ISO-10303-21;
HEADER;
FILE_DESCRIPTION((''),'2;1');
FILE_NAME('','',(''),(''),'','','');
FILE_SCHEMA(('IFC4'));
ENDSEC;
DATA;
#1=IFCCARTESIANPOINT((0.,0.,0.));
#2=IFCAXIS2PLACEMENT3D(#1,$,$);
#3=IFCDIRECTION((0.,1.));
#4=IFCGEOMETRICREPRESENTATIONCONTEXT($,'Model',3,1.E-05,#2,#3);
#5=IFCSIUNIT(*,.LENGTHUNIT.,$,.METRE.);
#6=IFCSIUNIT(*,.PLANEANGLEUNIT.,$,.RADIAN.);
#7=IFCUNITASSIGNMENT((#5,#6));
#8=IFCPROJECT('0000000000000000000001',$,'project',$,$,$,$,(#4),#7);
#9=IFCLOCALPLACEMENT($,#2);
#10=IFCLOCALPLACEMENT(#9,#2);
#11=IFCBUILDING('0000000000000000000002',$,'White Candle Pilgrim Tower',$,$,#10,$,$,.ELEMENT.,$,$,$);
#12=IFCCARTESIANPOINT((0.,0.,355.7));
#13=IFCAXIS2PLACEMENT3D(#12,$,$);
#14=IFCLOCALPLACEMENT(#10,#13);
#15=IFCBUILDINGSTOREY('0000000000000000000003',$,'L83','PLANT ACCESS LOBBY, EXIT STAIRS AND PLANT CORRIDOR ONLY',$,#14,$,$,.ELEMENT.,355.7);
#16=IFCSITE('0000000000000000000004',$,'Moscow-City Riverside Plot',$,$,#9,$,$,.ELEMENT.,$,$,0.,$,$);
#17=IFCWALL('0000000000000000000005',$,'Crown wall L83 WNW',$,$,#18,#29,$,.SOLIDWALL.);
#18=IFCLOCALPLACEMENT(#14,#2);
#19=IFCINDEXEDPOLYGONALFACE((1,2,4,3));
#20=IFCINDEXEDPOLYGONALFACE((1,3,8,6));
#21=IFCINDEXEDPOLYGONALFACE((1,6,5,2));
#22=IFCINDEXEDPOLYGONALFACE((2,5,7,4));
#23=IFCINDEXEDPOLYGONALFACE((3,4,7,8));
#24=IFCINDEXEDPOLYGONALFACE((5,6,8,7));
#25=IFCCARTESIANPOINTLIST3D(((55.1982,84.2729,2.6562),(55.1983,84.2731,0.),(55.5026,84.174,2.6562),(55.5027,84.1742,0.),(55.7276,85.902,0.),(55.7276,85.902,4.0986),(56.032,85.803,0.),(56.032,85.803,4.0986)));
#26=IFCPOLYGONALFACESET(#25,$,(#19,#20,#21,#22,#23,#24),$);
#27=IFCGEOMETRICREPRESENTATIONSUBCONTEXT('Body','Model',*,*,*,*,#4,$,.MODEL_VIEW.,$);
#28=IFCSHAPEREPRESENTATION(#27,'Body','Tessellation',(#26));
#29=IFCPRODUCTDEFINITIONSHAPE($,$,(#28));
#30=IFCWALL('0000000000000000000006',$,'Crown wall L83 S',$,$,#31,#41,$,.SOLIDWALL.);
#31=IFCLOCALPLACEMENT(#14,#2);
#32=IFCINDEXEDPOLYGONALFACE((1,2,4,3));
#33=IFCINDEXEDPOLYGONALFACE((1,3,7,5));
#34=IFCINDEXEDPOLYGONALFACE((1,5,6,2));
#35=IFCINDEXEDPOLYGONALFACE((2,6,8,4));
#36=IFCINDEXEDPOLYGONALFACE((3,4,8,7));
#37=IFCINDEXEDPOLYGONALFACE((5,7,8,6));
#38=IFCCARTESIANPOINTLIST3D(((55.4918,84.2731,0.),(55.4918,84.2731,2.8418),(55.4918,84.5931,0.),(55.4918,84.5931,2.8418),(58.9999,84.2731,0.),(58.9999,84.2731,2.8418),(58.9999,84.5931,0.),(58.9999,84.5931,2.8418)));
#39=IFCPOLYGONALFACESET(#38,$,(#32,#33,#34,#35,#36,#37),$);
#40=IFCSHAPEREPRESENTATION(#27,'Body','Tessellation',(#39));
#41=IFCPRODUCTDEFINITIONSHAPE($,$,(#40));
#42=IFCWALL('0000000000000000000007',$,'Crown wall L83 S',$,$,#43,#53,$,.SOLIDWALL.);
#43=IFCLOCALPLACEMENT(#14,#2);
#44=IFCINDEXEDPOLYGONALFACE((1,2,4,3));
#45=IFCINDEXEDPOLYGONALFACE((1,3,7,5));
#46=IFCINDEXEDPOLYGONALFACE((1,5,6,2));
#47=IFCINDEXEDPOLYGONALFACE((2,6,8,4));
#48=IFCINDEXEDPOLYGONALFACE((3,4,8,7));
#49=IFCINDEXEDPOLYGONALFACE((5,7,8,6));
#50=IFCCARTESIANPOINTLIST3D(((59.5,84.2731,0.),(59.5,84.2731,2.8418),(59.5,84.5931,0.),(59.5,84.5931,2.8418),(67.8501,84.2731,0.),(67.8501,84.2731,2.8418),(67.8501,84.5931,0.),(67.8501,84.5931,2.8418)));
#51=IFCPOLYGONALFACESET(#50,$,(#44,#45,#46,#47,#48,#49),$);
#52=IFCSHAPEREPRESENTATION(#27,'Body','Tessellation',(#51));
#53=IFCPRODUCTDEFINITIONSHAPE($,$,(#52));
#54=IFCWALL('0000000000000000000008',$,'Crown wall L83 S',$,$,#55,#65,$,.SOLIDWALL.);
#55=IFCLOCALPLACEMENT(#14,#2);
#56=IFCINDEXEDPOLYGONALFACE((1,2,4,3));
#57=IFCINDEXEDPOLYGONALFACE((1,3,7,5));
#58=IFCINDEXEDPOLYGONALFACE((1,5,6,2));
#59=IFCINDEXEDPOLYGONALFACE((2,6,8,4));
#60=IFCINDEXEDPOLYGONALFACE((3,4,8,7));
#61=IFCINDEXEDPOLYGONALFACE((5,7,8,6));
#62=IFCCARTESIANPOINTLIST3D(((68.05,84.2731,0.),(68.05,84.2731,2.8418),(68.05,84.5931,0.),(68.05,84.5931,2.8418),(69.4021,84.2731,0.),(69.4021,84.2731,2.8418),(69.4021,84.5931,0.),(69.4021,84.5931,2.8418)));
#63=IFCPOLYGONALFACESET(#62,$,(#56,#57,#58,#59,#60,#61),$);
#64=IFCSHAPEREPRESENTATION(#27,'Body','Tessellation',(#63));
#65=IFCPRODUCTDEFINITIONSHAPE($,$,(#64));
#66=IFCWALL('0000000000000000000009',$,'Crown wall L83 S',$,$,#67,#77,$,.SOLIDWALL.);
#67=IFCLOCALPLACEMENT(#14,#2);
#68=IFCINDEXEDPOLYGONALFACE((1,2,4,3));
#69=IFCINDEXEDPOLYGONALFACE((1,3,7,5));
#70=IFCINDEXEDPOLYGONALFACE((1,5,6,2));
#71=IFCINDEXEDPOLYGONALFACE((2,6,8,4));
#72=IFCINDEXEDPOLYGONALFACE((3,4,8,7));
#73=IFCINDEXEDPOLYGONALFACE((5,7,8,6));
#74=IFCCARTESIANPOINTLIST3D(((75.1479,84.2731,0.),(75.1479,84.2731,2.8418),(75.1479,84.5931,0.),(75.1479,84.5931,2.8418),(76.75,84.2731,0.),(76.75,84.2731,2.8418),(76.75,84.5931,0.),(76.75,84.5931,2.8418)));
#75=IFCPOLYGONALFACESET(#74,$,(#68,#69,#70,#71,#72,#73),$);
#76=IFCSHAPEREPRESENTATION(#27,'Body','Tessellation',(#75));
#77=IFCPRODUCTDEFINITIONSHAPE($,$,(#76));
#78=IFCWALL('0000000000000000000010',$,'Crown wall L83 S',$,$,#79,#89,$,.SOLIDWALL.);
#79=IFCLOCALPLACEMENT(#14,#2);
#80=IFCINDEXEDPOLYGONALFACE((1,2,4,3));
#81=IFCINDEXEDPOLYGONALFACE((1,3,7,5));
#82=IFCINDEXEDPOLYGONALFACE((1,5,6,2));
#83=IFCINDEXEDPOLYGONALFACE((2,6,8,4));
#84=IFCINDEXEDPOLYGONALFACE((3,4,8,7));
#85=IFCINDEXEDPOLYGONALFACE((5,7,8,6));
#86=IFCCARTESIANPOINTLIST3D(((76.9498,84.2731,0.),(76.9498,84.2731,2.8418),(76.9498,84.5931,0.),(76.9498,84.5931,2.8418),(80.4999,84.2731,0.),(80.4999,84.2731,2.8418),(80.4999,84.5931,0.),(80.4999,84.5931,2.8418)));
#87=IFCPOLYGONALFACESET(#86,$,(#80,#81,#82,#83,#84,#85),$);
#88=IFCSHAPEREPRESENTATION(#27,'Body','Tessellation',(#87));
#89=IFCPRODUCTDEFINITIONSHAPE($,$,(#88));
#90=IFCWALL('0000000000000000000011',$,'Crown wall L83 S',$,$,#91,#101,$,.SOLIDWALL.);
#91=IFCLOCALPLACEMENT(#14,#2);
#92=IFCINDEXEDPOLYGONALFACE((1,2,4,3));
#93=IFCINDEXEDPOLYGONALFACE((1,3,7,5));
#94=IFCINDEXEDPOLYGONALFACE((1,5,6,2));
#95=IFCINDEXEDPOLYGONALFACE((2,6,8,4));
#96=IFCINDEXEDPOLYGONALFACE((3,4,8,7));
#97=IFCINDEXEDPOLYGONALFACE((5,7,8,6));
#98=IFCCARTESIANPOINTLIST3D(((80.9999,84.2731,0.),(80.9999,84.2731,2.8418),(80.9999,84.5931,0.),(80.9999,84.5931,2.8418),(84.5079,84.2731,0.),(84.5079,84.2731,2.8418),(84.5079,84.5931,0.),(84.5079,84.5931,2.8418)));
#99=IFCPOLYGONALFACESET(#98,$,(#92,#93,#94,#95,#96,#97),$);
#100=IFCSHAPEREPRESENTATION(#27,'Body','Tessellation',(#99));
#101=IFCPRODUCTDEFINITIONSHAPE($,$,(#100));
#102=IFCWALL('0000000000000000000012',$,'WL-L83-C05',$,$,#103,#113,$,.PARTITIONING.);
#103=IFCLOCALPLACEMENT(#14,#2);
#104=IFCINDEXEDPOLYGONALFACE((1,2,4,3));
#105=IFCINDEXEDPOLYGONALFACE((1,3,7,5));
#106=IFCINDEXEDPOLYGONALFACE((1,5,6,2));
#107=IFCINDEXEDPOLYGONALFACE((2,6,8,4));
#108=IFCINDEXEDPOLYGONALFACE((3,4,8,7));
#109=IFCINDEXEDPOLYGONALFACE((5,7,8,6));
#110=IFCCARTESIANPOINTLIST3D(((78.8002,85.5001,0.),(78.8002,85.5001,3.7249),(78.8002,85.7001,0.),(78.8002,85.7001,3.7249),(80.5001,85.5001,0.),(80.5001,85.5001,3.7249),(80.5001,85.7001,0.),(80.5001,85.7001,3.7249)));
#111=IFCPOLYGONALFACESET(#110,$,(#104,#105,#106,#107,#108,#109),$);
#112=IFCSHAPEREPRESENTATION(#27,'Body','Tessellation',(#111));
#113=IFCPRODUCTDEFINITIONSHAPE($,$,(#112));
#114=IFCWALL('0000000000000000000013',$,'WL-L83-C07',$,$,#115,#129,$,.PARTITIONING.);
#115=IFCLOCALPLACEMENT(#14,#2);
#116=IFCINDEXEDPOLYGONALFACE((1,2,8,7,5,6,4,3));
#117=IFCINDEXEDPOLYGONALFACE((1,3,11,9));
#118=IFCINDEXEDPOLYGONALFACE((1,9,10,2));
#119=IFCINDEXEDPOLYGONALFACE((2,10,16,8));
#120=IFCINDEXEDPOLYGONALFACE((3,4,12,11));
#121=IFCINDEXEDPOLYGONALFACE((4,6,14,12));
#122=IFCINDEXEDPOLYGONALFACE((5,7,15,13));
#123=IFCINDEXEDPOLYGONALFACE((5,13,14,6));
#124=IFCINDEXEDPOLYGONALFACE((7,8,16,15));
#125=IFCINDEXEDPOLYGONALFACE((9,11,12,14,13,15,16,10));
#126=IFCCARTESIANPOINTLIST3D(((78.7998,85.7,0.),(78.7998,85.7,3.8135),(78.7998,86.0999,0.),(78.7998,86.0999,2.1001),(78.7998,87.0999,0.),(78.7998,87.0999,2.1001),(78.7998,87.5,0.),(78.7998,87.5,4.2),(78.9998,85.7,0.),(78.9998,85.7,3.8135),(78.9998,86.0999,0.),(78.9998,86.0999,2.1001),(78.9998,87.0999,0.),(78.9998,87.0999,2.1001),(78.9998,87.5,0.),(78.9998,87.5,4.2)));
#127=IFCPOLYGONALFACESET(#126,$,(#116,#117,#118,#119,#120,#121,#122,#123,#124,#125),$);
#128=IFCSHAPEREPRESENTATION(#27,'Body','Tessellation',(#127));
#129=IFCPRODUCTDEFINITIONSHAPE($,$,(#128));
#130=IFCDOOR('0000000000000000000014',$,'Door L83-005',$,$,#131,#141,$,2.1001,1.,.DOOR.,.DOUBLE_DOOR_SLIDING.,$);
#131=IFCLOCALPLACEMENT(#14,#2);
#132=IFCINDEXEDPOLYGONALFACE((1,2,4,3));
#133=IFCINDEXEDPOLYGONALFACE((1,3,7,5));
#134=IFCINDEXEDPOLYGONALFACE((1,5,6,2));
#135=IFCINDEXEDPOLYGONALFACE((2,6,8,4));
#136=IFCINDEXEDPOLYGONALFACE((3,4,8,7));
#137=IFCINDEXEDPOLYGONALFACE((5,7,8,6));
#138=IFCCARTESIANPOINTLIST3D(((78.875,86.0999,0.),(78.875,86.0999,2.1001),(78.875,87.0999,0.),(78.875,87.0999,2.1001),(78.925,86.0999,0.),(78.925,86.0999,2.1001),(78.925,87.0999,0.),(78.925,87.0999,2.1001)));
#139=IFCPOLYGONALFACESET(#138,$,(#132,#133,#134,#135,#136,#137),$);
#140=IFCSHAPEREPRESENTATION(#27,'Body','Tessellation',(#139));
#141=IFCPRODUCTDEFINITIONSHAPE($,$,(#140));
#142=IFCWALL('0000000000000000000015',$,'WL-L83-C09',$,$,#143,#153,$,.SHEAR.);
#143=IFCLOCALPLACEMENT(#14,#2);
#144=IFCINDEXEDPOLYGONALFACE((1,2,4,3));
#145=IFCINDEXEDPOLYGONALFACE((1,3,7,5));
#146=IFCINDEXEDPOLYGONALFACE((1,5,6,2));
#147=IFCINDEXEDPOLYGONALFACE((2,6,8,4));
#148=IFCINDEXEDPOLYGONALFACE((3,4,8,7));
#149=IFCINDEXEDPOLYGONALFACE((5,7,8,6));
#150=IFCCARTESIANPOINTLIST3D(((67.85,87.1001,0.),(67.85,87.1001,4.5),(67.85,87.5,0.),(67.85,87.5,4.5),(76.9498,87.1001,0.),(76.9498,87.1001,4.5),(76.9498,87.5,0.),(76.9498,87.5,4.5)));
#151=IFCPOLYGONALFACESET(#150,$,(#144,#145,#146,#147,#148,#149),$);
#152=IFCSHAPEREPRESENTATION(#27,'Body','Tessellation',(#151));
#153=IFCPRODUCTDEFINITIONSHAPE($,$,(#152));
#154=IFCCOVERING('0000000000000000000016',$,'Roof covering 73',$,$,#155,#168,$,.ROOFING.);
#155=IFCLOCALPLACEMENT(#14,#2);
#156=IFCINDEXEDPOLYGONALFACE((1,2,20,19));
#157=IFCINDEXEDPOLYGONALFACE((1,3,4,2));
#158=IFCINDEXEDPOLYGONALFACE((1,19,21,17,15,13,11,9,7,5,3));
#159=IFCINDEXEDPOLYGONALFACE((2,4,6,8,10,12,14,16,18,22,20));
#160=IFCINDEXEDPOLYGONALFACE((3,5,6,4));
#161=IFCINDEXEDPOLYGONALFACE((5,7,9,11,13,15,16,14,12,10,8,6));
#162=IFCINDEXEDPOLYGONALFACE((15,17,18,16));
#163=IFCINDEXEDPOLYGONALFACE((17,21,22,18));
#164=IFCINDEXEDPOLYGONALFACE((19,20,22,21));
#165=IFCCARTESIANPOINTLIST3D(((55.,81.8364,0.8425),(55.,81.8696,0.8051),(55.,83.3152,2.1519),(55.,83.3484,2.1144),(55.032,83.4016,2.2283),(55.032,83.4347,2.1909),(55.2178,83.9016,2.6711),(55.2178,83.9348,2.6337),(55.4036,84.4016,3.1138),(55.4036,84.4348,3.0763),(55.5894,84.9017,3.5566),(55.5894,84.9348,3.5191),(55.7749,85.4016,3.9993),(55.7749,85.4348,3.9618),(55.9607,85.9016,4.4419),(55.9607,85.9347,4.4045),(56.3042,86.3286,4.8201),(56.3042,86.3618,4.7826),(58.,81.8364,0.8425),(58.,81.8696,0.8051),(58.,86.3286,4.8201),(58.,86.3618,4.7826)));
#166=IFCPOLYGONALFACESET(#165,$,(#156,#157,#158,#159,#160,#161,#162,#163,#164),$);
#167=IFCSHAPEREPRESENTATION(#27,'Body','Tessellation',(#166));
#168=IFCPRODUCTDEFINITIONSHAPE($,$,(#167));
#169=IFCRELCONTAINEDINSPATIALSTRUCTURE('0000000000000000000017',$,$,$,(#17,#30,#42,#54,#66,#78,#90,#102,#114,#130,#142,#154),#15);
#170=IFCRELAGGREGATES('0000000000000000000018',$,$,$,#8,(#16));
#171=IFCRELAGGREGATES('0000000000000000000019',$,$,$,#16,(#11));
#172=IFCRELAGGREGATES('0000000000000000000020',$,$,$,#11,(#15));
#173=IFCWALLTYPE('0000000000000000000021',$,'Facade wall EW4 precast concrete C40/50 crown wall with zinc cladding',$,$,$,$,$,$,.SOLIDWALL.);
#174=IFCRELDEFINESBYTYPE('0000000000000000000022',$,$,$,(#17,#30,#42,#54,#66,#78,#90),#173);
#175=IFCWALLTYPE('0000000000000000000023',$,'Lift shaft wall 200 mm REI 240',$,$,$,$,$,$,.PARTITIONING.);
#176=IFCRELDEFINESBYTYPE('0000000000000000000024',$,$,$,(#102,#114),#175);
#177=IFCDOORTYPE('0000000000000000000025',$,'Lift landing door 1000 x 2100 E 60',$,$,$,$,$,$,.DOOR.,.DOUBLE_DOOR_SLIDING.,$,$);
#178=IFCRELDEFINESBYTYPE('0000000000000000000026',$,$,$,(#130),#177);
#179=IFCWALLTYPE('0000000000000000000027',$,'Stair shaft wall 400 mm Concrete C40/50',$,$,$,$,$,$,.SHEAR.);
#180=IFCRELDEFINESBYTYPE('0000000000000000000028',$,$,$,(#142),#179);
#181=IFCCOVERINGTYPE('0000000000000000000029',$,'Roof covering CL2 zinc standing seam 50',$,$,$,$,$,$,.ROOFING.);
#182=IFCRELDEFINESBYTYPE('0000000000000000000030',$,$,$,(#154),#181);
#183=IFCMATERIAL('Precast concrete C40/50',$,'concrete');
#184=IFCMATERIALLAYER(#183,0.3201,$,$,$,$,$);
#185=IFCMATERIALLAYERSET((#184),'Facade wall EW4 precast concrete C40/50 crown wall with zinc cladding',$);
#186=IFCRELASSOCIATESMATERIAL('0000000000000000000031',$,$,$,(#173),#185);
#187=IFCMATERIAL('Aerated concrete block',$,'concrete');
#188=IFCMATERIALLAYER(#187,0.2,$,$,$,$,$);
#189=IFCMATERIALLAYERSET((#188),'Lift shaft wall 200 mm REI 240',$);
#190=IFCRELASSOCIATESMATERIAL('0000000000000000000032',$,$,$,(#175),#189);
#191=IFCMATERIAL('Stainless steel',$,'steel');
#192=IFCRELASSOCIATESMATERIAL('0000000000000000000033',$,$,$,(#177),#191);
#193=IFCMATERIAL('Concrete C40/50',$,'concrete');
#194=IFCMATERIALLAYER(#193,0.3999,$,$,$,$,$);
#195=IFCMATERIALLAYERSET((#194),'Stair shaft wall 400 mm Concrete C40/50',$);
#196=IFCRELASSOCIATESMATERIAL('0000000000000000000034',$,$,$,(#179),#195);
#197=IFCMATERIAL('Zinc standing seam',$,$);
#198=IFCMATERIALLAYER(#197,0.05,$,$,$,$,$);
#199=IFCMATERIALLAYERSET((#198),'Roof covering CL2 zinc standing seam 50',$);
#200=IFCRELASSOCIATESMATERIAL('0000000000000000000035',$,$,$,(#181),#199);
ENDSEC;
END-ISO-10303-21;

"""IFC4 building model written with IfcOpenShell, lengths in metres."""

from ifc_helpers import new_model, si_unit, direction, frame, frame_2d, origin, place, context, subcontext, project, spatial, polyline, rectangle, outline, extrude, material, layer, layer_set, type_object, element, fill, save


model = new_model("IFC4")

# Units and contexts
model_context = context("Model", 3, precision=1e-05, world=origin(), true_north=direction((0.0, 1.0)))
body_context = subcontext(model_context, "Body", "Model", "MODEL_VIEW")
ifc_project = project(units=[si_unit("LENGTHUNIT", "METRE"), si_unit("PLANEANGLEUNIT", "RADIAN")], contexts=[model_context])

# Site, building, storey
site_placement = place(None, origin())
site = spatial("IfcSite", under=ifc_project, at=site_placement, Name="Moscow-City Riverside Plot", CompositionType="ELEMENT", RefElevation=0.0)
building_placement = place(site_placement, origin())
building = spatial("IfcBuilding", under=site, at=building_placement, Name="White Candle Pilgrim Tower", CompositionType="ELEMENT")
storey_placement = place(building_placement, frame((0.0, 0.0, 355.7)))
storey = spatial("IfcBuildingStorey", under=building, at=storey_placement, Name="L83", Description="PLANT ACCESS LOBBY, EXIT STAIRS AND PLANT CORRIDOR ONLY", CompositionType="ELEMENT", Elevation=355.7)

# Shared definitions
ifc_material_1 = material(Name="Concrete C40/50", Category="concrete")

# Walls
ifc_material_2 = material(Name="Precast concrete C40/50", Category="concrete")
ifc_layer_1 = layer(ifc_material_2, 0.3201)
ifc_layer_set_1 = layer_set([ifc_layer_1], Name="Facade wall EW4 precast concrete C40/50 crown wall with zinc cladding")
wall_type_1 = type_object("IfcWallType", Name="Facade wall EW4 precast concrete C40/50 crown wall with zinc cladding", PredefinedType="SOLIDWALL", material=ifc_layer_set_1)
wall_1_placement = place(storey_placement, frame((55.8796, 85.8525, 0.0), z_axis=(0.0, 0.0, 1.0), x_axis=(-0.309035, -0.951051, 0.0)))
element("IfcWall", 1, at=wall_1_placement, inside=storey, type_object=wall_type_1, Name="Crown wall L83 WNW", PredefinedType="SOLIDWALL", context=body_context, shape_type="SweptSolid", body=[
    extrude(outline(polyline([(0.0, 0.0), (1.7126, 0.0), (1.7129, 2.6562), (0.0, 4.0986), (0.0, 0.0)])), frame((0.0, 0.1602, 0.0), z_axis=(0.0, -1.0, 0.0), x_axis=(1.0, 0.0, 0.0)), (0.0, 0.0, 1.0), 0.3201),
])
wall_2_placement = place(storey_placement, frame((55.4919, 84.4331, 0.0), z_axis=(0.0, 0.0, 1.0), x_axis=(1.0, 0.0, 0.0)))
element("IfcWall", 2, at=wall_2_placement, inside=storey, type_object=wall_type_1, Name="Crown wall L83 S", PredefinedType="SOLIDWALL", context=body_context, shape_type="SweptSolid", body=[
    extrude(rectangle(XDim=3.5081, YDim=0.3201, at=frame_2d((1.7539, 0.0))), origin(), (0.0, 0.0, 1.0), 2.8418),
])
wall_3_placement = place(storey_placement, frame((59.5, 84.4331, 0.0), z_axis=(0.0, 0.0, 1.0), x_axis=(1.0, 0.0, 0.0)))
element("IfcWall", 3, at=wall_3_placement, inside=storey, type_object=wall_type_1, Name="Crown wall L83 S", PredefinedType="SOLIDWALL", context=body_context, shape_type="SweptSolid", body=[
    extrude(rectangle(XDim=8.3501, YDim=0.3201, at=frame_2d((4.175, 0.0))), origin(), (0.0, 0.0, 1.0), 2.8418),
])
wall_4_placement = place(storey_placement, frame((68.05, 84.4331, 0.0), z_axis=(0.0, 0.0, 1.0), x_axis=(1.0, 0.0, 0.0)))
element("IfcWall", 4, at=wall_4_placement, inside=storey, type_object=wall_type_1, Name="Crown wall L83 S", PredefinedType="SOLIDWALL", context=body_context, shape_type="SweptSolid", body=[
    extrude(rectangle(XDim=1.3521, YDim=0.3201, at=frame_2d((0.676, 0.0))), origin(), (0.0, 0.0, 1.0), 2.8418),
])
wall_5_placement = place(storey_placement, frame((75.1479, 84.4331, 0.0), z_axis=(0.0, 0.0, 1.0), x_axis=(1.0, 0.0, 0.0)))
element("IfcWall", 5, at=wall_5_placement, inside=storey, type_object=wall_type_1, Name="Crown wall L83 S", PredefinedType="SOLIDWALL", context=body_context, shape_type="SweptSolid", body=[
    extrude(rectangle(XDim=1.6021, YDim=0.3201, at=frame_2d((0.801, 0.0))), origin(), (0.0, 0.0, 1.0), 2.8418),
])
wall_6_placement = place(storey_placement, frame((76.95, 84.4331, 0.0), z_axis=(0.0, 0.0, 1.0), x_axis=(1.0, 0.0, 0.0)))
element("IfcWall", 6, at=wall_6_placement, inside=storey, type_object=wall_type_1, Name="Crown wall L83 S", PredefinedType="SOLIDWALL", context=body_context, shape_type="SweptSolid", body=[
    extrude(rectangle(XDim=3.55, YDim=0.3201, at=frame_2d((1.7749, 0.0))), origin(), (0.0, 0.0, 1.0), 2.8418),
])
wall_7_placement = place(storey_placement, frame((81.0, 84.4331, 0.0), z_axis=(0.0, 0.0, 1.0), x_axis=(1.0, 0.0, 0.0)))
element("IfcWall", 7, at=wall_7_placement, inside=storey, type_object=wall_type_1, Name="Crown wall L83 S", PredefinedType="SOLIDWALL", context=body_context, shape_type="SweptSolid", body=[
    extrude(rectangle(XDim=3.5081, YDim=0.3201, at=frame_2d((1.7539, 0.0))), origin(), (0.0, 0.0, 1.0), 2.8418),
])
ifc_material_3 = material(Name="Aerated concrete block", Category="concrete")
ifc_layer_2 = layer(ifc_material_3, 0.2)
ifc_layer_set_2 = layer_set([ifc_layer_2], Name="Lift shaft wall 200 mm REI 240")
wall_type_2 = type_object("IfcWallType", Name="Lift shaft wall 200 mm REI 240", PredefinedType="PARTITIONING", material=ifc_layer_set_2)
wall_8_placement = place(storey_placement, frame((78.8, 85.6001, 0.0), z_axis=(0.0, 0.0, 1.0), x_axis=(1.0, 0.0, 0.0)))
element("IfcWall", 8, at=wall_8_placement, inside=storey, type_object=wall_type_2, Name="WL-L83-C05", PredefinedType="PARTITIONING", context=body_context, shape_type="SweptSolid", body=[
    extrude(rectangle(XDim=1.7, YDim=0.2, at=frame_2d((0.8501, 0.0))), origin(), (0.0, 0.0, 1.0), 3.7249),
])

# Wall, opening, door
wall_9_placement = place(storey_placement, frame((78.8999, 85.7, 0.0), z_axis=(0.0, 0.0, 1.0), x_axis=(0.0, 1.0, 0.0)))
wall_9 = element("IfcWall", 9, at=wall_9_placement, inside=storey, type_object=wall_type_2, Name="WL-L83-C07", PredefinedType="PARTITIONING", context=body_context, shape_type="SweptSolid", body=[
    extrude(outline(polyline([(0.0, 0.0), (1.8, 0.0), (1.8, 4.2), (0.0, 3.8135), (0.0, 0.0)])), frame((0.0, 0.1001, 0.0), z_axis=(0.0, -1.0, 0.0), x_axis=(1.0, 0.0, 0.0)), (0.0, 0.0, 1.0), 0.2),
])
opening_1_placement = place(wall_9_placement, frame((0.3999, 0.0, 0.0)))
opening_1 = element("IfcOpeningElement", 10, at=opening_1_placement, cuts=wall_9, PredefinedType="OPENING", context=body_context, shape_type="SweptSolid", body=[
    extrude(rectangle(XDim=1.0, YDim=2.1001, at=frame_2d((0.5, 1.05))), frame((0.0, 0.1099, 0.0), z_axis=(0.0, -1.0, 0.0), x_axis=(1.0, 0.0, 0.0)), (0.0, 0.0, 1.0), 0.22),
])
ifc_material_4 = material(Name="Stainless steel", Category="steel")
door_type_1 = type_object("IfcDoorType", Name="Lift landing door 1000 x 2100 E 60", OperationType="DOUBLE_DOOR_SLIDING", PredefinedType="DOOR", material=ifc_material_4)
door_1_placement = place(opening_1_placement, origin())
door_1 = element("IfcDoor", 11, at=door_1_placement, inside=storey, type_object=door_type_1, Name="Door L83-005", OperationType="DOUBLE_DOOR_SLIDING", OverallHeight=2.1001, OverallWidth=1.0, PredefinedType="DOOR", context=body_context, shape_type="SweptSolid", body=[
    extrude(rectangle(XDim=1.0, YDim=2.1001, at=frame_2d((0.5, 1.05))), frame((0.0, 0.0249, 0.0), z_axis=(0.0, -1.0, 0.0), x_axis=(1.0, 0.0, 0.0)), (0.0, 0.0, 1.0), 0.05),
])
fill(opening_1, door_1)

# Wall
ifc_layer_3 = layer(ifc_material_1, 0.3999)
ifc_layer_set_3 = layer_set([ifc_layer_3], Name="Stair shaft wall 400 mm Concrete C40/50")
wall_type_3 = type_object("IfcWallType", Name="Stair shaft wall 400 mm Concrete C40/50", PredefinedType="SHEAR", material=ifc_layer_set_3)
wall_10_placement = place(storey_placement, frame((67.8501, 87.3, 0.0), z_axis=(0.0, 0.0, 1.0), x_axis=(1.0, 0.0, 0.0)))
element("IfcWall", 12, at=wall_10_placement, inside=storey, type_object=wall_type_3, Name="WL-L83-C09", PredefinedType="SHEAR", context=body_context, shape_type="SweptSolid", body=[
    extrude(rectangle(XDim=9.0999, YDim=0.3999, at=frame_2d((4.5498, 0.0))), origin(), (0.0, 0.0, 1.0), 4.5),
])

# Covering
ifc_material_5 = material(Name="Zinc standing seam")
ifc_layer_4 = layer(ifc_material_5, 0.05)
ifc_layer_set_4 = layer_set([ifc_layer_4], Name="Roof covering CL2 zinc standing seam 50")
covering_type_1 = type_object("IfcCoveringType", Name="Roof covering CL2 zinc standing seam 50", PredefinedType="ROOFING", material=ifc_layer_set_4)
covering_1_placement = place(storey_placement, frame((58.0, 86.3286, 4.8201), z_axis=(-0.000004, -0.662917, 0.748693), x_axis=(0.0, -0.748693, -0.662917)))
element("IfcCovering", 13, at=covering_1_placement, inside=storey, type_object=covering_type_1, Name="Roof covering 73", PredefinedType="ROOFING", context=body_context, shape_type="SweptSolid", body=[
    extrude(outline(polyline([(0.0, 0.0), (6.0, 0.0), (6.0, -3.0), (4.0249, -3.0), (3.9096, -2.968), (3.2416, -2.7822), (2.5739, -2.5964), (1.9059, -2.4106), (1.2382, -2.2251), (0.5704, -2.0393), (0.0, -1.6958), (0.0, 0.0)])), origin(), (0.0, 0.0, -1.0), 0.05),
])

save(model, "model.ifc")
